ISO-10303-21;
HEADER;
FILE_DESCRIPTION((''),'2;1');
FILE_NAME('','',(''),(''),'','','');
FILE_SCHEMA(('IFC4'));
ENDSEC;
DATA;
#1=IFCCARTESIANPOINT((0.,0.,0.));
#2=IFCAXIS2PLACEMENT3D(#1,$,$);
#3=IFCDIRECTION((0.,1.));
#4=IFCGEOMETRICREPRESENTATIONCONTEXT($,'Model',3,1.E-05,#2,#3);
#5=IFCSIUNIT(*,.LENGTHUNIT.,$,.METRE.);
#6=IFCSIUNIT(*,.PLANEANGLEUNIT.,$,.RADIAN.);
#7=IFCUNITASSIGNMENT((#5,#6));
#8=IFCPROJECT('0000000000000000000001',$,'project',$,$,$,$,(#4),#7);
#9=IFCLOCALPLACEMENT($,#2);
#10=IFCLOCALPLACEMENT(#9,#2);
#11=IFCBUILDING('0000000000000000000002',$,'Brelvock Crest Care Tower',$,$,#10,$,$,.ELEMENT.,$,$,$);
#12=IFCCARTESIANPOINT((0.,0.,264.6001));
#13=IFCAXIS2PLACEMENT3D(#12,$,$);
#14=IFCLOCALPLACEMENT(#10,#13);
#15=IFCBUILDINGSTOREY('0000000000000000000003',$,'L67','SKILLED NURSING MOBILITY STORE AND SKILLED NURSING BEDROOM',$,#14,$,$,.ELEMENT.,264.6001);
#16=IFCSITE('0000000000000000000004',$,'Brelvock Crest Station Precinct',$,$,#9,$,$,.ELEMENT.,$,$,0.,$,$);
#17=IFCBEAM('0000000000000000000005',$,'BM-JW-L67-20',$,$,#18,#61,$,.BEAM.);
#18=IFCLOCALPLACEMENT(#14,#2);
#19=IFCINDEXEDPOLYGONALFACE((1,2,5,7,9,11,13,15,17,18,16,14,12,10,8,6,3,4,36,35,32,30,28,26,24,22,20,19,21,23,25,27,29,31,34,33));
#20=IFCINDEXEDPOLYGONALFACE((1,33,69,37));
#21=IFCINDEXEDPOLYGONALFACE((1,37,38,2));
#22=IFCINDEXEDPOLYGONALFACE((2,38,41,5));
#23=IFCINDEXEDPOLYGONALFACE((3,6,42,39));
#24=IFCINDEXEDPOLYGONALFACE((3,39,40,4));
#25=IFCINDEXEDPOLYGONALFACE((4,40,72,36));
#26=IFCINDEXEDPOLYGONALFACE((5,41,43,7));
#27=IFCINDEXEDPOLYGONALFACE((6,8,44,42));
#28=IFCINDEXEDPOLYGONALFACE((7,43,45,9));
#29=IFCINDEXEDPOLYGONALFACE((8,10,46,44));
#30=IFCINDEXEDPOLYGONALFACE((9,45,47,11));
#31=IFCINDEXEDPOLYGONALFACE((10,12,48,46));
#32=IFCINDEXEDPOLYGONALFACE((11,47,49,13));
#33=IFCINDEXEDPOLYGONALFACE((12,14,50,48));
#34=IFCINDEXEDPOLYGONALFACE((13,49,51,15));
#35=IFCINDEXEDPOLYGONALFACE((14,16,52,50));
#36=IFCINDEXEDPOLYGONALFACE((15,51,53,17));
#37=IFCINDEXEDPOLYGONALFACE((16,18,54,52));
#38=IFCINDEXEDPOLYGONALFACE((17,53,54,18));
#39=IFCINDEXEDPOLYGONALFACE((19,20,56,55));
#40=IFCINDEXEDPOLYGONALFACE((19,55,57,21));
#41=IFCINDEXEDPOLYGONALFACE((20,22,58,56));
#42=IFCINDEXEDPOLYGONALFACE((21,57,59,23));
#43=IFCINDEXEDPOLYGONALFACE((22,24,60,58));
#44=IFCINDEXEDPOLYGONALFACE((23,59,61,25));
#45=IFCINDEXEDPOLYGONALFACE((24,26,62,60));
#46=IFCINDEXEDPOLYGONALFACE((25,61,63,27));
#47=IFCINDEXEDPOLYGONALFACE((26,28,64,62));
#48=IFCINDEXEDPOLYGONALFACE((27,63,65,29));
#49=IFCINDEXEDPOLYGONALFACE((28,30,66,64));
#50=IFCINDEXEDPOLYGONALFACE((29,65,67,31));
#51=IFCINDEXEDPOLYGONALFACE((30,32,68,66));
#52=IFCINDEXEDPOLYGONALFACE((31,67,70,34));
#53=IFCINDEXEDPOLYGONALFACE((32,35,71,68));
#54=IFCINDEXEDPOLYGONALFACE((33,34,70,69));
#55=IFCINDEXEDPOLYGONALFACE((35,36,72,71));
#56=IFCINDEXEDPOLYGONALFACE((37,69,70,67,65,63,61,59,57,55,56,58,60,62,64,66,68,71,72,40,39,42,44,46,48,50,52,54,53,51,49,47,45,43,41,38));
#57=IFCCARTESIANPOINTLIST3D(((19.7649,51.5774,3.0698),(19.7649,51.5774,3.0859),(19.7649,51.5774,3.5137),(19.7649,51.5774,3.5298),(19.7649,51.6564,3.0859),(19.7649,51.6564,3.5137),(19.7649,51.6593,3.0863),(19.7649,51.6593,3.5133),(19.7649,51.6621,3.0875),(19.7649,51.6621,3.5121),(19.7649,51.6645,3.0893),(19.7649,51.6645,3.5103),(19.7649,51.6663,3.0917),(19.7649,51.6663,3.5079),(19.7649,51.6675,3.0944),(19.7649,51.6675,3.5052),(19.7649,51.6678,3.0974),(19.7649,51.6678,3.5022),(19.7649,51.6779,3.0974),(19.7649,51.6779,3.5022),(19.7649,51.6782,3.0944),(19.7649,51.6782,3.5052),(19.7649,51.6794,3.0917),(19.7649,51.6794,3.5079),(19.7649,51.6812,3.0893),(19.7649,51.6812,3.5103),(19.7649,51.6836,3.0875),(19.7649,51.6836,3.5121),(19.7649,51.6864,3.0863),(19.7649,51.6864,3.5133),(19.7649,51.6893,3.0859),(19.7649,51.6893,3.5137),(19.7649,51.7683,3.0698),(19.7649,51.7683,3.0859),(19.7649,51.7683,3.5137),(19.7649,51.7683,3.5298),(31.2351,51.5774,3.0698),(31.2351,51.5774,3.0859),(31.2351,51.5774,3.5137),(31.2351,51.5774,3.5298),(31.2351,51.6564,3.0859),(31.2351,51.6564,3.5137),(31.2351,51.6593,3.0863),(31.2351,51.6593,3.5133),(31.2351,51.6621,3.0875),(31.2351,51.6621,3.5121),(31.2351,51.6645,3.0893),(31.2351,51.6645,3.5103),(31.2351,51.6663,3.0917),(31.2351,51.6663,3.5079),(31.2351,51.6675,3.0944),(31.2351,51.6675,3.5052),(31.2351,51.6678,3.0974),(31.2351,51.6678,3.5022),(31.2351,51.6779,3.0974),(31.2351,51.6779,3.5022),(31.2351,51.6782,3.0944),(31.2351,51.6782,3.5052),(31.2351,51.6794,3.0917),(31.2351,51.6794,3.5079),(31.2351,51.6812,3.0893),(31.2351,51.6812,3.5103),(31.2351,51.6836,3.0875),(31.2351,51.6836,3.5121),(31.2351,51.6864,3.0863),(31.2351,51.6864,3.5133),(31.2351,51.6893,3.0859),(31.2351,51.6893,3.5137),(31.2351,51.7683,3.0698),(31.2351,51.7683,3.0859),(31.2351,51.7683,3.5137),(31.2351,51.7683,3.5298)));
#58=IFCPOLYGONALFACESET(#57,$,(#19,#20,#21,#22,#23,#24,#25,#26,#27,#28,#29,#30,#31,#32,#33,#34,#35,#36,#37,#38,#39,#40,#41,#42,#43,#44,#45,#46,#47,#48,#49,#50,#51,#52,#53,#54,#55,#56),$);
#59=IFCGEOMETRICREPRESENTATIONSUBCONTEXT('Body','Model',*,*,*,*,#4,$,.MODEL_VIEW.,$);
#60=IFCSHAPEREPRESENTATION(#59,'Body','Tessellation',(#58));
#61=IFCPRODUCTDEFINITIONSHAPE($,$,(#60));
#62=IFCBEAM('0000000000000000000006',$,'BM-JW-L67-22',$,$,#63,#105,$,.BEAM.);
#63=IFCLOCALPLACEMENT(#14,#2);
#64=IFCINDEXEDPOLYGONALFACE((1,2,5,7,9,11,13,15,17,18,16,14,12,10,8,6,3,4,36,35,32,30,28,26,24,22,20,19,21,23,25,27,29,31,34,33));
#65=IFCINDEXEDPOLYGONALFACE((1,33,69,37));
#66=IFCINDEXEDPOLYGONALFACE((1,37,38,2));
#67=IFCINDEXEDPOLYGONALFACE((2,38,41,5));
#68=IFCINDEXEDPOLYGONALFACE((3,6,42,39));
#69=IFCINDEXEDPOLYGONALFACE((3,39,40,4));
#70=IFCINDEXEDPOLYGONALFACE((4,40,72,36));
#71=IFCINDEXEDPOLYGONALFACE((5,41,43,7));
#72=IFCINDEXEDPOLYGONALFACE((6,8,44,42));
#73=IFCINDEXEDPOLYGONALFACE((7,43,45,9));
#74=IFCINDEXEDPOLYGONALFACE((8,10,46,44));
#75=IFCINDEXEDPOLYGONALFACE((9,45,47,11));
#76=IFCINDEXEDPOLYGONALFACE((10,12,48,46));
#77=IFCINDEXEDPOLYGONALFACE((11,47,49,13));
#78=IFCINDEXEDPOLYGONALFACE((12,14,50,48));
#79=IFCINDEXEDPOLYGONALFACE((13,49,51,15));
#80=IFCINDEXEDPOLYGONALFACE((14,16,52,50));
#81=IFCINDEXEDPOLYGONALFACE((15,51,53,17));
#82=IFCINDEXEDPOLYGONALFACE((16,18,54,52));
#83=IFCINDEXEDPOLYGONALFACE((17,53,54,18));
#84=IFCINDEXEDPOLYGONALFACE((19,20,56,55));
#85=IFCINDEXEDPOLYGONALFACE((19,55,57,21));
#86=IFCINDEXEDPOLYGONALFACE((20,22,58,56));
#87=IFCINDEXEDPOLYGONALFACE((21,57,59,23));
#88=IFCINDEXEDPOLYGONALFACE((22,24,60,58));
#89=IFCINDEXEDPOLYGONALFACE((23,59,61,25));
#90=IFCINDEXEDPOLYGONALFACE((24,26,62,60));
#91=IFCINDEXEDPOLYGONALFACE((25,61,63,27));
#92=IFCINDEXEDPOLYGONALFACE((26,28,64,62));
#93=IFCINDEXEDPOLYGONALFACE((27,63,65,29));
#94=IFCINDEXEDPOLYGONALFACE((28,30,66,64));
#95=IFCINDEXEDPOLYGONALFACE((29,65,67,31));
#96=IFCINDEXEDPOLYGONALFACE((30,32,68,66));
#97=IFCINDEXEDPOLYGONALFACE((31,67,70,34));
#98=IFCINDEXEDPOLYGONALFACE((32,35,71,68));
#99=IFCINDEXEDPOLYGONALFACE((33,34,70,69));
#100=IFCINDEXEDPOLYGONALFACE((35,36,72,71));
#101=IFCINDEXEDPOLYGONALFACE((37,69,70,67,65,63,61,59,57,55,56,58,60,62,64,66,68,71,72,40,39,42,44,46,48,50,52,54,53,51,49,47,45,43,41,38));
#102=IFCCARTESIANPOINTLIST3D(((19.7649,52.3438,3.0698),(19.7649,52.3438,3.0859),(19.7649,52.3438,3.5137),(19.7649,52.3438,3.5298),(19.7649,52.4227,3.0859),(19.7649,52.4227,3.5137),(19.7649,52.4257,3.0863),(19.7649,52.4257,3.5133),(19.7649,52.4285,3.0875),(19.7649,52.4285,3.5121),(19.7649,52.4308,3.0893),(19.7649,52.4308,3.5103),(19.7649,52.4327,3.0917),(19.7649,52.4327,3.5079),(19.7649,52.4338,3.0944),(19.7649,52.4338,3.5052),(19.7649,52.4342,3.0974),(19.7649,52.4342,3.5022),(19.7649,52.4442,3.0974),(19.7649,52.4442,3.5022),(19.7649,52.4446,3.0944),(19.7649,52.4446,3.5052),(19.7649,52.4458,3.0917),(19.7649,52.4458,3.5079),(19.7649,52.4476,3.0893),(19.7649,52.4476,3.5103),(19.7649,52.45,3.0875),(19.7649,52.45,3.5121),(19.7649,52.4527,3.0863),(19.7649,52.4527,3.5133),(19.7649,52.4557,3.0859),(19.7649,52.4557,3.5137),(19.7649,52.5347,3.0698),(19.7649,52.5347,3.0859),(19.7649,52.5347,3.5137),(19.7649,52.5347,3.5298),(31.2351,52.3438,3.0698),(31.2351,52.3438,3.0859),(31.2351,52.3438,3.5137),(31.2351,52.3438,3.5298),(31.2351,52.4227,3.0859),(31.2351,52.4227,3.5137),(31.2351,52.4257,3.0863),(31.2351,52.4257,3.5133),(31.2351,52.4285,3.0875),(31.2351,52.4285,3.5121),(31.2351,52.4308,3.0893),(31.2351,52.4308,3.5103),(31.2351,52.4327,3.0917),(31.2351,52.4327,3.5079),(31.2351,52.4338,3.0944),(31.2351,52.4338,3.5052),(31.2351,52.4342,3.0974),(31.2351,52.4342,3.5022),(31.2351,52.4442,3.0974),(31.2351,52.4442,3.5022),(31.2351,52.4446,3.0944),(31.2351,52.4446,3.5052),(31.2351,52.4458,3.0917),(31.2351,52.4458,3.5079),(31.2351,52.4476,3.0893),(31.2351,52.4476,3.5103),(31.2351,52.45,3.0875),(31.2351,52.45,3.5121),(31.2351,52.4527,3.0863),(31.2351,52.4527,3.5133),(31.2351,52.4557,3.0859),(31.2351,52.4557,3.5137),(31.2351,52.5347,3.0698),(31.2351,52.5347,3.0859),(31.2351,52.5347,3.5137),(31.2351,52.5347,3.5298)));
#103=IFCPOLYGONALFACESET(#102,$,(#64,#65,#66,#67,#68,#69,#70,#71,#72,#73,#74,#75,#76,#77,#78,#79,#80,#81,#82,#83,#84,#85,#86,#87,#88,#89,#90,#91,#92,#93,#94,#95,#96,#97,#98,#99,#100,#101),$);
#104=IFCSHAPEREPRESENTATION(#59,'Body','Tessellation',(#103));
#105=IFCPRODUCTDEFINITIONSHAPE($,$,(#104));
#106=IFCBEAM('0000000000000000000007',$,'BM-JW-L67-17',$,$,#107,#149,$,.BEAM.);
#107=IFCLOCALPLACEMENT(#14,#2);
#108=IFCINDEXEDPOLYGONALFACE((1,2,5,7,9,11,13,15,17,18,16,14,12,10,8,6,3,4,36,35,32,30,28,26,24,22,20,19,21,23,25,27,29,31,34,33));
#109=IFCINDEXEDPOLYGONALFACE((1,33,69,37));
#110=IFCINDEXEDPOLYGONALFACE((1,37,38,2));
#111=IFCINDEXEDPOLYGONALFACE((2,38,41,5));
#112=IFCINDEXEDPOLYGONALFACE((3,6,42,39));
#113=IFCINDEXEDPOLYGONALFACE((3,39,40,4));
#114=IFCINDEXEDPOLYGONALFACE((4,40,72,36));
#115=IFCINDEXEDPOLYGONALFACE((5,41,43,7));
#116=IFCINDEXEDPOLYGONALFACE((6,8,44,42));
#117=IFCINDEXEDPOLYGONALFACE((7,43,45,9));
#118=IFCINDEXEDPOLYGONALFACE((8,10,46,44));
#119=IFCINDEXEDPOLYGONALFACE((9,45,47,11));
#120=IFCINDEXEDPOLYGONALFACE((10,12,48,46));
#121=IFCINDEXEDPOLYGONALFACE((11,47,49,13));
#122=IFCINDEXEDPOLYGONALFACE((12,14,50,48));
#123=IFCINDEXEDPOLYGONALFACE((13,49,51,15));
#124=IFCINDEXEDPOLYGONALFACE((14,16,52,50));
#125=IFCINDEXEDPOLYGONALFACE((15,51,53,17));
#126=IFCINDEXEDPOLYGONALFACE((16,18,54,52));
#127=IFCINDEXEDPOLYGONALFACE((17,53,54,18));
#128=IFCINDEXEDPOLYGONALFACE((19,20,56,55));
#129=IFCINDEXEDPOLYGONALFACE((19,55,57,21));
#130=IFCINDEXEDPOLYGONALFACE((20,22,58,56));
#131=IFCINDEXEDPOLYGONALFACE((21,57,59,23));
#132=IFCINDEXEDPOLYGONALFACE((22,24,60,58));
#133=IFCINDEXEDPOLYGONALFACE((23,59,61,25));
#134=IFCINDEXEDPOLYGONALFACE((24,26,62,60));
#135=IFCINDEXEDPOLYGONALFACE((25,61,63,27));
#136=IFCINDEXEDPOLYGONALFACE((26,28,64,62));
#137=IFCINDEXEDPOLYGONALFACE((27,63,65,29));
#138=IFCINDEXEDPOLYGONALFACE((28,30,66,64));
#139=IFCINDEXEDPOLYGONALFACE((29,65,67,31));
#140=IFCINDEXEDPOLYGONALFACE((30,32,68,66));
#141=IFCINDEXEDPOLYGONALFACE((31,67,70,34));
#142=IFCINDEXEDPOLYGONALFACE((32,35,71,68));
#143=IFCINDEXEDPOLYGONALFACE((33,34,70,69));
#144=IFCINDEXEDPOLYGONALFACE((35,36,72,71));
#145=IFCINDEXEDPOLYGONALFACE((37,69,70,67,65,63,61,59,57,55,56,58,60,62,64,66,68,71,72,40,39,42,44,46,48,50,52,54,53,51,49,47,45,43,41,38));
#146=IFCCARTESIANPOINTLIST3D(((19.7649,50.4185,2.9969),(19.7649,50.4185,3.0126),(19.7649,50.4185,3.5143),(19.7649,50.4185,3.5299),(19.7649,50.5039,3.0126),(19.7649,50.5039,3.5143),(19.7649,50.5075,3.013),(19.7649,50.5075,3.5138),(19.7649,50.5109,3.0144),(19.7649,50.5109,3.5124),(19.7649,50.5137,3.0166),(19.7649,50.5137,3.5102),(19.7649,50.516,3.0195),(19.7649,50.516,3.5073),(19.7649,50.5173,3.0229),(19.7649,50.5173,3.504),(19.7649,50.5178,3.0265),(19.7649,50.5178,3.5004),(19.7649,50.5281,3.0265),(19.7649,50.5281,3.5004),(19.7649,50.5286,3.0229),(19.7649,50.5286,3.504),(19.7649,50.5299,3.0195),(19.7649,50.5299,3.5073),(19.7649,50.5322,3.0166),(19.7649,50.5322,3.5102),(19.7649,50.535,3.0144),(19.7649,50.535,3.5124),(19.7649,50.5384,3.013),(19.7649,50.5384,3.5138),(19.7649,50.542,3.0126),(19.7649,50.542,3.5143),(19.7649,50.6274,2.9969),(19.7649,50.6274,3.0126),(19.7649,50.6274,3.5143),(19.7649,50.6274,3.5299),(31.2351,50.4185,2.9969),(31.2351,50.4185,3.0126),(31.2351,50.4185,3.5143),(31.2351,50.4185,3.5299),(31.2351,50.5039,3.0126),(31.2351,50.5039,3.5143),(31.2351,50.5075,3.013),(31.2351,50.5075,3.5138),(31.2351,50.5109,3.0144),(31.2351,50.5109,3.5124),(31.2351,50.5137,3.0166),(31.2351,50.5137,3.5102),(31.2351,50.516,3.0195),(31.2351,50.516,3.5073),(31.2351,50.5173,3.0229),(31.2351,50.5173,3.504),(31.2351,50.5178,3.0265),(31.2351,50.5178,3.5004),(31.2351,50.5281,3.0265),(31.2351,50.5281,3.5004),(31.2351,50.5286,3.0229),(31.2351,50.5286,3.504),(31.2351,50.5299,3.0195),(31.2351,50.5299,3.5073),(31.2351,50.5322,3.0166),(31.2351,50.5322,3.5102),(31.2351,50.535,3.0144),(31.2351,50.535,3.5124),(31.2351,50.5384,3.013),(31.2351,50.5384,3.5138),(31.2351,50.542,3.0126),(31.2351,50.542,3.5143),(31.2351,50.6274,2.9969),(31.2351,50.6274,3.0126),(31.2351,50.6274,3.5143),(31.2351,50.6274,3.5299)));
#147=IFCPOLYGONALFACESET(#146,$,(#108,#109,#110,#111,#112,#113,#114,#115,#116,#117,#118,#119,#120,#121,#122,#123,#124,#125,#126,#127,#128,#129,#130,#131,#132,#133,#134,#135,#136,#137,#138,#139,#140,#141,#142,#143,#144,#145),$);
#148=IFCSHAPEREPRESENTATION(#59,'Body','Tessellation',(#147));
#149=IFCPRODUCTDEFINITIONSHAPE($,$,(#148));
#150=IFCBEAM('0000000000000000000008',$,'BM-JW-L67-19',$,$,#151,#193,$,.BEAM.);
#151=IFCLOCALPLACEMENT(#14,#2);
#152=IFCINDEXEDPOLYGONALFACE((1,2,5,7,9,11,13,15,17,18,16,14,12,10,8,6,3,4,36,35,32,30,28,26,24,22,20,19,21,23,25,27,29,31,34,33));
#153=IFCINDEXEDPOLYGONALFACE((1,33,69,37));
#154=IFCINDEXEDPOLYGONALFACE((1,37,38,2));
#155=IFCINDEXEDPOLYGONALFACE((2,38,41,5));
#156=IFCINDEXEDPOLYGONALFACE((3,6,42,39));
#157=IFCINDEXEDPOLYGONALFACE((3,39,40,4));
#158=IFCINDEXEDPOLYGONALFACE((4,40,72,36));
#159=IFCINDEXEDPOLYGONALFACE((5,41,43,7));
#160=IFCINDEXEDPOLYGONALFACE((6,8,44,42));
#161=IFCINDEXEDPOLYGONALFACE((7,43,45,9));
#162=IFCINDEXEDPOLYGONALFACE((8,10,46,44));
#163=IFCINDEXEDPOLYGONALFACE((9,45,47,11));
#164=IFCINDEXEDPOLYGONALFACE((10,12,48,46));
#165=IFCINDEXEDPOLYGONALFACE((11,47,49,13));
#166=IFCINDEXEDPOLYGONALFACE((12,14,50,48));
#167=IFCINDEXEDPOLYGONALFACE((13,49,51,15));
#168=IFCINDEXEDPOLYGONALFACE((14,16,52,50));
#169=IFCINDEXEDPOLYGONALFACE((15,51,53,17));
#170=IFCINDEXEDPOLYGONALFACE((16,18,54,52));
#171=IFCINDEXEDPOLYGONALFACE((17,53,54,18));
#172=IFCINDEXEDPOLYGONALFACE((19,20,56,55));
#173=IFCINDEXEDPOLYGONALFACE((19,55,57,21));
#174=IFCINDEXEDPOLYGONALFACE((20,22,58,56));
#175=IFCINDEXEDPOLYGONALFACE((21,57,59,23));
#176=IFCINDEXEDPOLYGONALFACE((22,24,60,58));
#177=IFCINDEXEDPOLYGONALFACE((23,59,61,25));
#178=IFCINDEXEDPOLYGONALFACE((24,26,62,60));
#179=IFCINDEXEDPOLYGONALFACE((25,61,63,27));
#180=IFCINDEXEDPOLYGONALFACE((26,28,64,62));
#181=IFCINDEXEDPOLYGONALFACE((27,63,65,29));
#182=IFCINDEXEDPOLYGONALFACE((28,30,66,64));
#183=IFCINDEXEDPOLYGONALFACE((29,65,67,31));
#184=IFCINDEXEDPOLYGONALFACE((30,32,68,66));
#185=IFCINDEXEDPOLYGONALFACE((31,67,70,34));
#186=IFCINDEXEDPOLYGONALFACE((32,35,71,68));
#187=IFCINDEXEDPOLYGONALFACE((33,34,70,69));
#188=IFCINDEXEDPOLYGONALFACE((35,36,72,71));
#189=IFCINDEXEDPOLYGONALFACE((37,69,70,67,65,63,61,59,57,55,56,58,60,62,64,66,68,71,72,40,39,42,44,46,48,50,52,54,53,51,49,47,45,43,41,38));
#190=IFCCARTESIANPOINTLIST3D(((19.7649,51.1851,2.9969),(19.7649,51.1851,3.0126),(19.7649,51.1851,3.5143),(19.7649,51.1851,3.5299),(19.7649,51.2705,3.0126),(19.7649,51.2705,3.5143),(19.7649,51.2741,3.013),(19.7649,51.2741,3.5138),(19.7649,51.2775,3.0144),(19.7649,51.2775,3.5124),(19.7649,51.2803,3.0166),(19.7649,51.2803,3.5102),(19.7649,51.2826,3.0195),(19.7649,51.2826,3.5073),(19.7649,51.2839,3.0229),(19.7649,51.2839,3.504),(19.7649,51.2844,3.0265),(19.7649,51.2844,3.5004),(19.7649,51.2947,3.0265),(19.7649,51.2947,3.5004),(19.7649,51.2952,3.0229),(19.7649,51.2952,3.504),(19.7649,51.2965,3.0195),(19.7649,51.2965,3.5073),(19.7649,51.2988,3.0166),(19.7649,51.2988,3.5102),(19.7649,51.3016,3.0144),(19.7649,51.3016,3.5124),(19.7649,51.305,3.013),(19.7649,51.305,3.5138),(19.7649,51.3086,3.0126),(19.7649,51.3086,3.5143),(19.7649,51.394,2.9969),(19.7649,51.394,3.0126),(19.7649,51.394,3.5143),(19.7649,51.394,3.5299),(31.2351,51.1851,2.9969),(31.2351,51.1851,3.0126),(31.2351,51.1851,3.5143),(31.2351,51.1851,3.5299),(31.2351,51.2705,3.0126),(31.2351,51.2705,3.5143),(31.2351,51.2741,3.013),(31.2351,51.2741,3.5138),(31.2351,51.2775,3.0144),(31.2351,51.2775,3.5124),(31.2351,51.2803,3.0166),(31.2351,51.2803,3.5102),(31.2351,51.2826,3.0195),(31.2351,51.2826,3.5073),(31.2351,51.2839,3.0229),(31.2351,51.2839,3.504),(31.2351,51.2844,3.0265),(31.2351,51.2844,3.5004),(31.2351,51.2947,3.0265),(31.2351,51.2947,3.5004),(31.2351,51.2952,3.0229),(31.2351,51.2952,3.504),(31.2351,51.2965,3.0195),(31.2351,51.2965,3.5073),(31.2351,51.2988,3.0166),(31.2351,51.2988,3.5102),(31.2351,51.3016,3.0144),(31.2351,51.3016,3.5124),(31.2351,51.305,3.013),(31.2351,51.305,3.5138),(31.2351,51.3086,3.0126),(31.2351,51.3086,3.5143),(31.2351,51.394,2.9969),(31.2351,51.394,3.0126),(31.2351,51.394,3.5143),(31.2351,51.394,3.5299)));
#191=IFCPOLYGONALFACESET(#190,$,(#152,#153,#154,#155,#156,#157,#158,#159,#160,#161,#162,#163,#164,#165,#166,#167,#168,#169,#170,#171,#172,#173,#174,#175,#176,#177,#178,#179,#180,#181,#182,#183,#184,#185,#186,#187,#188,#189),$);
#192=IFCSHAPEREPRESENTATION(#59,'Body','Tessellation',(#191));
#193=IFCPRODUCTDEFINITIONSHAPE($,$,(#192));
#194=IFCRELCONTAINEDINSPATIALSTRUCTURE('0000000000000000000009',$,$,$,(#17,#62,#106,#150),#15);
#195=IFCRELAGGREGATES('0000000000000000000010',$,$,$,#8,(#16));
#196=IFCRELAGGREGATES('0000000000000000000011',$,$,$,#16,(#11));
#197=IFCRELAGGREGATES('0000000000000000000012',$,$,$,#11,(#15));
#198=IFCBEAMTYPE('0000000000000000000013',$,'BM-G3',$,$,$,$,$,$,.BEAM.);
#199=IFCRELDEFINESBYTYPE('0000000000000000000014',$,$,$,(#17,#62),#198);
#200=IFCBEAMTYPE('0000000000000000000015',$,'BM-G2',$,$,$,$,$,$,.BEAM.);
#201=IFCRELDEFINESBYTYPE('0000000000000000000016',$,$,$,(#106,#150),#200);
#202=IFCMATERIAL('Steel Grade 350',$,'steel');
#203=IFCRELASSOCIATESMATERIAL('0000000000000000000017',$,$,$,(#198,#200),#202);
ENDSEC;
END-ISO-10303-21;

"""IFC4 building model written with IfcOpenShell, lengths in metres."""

from ifc_helpers import new_model, si_unit, direction, frame, origin, origin_2d, place, context, subcontext, project, spatial, i_section, extrude, source, transform, mapped, material, material_profile, profile_set, type_object, element, save


model = new_model("IFC4")

# Units and contexts
model_context = context("Model", 3, precision=1e-05, world=origin(), true_north=direction((0.0, 1.0)))
body_context = subcontext(model_context, "Body", "Model", "MODEL_VIEW")
ifc_project = project(units=[si_unit("LENGTHUNIT", "METRE"), si_unit("PLANEANGLEUNIT", "RADIAN")], contexts=[model_context])

# Site, building, storey
site_placement = place(None, origin())
site = spatial("IfcSite", under=ifc_project, at=site_placement, Name="Brelvock Crest Station Precinct", CompositionType="ELEMENT", RefElevation=0.0)
building_placement = place(site_placement, origin())
building = spatial("IfcBuilding", under=site, at=building_placement, Name="Brelvock Crest Care Tower", CompositionType="ELEMENT")
storey_placement = place(building_placement, frame((0.0, 0.0, 264.6001)))
storey = spatial("IfcBuildingStorey", under=building, at=storey_placement, Name="L67", Description="SKILLED NURSING MOBILITY STORE AND SKILLED NURSING BEDROOM", CompositionType="ELEMENT", Elevation=264.6001)

# Beams
ifc_material_1 = material(Name="Steel Grade 350", Category="steel")
ifc_material_profile_1 = material_profile(ifc_material_1, i_section(OverallWidth=0.1909, OverallDepth=0.46, WebThickness=0.01, FlangeThickness=0.0161, FilletRadius=0.0115, at=origin_2d()), Name="460UB82.1")
ifc_profile_set_1 = profile_set([ifc_material_profile_1], Name="Steel Grade 350")
beam_type_1 = type_object("IfcBeamType", Name="BM-G3", PredefinedType="BEAM", material=ifc_profile_set_1)
shared_shape_1 = source(origin(), body_context, "Body", "SweptSolid", [
    extrude(i_section(OverallWidth=0.1909, OverallDepth=0.46, WebThickness=0.01, FlangeThickness=0.0161, FilletRadius=0.0115, at=origin_2d()), origin(), (0.0, 0.0, 1.0), 11.4702),
])
for number, where, z_axis, x_axis, name in (
    (1, (19.7649, 51.6729, 3.2998), (1.0, 0.0, 0.0), (0.0, 1.0, 0.0), "BM-JW-L67-20"),
    (2, (19.7649, 52.4392, 3.2998), (1.0, 0.0, 0.0), (0.0, 1.0, 0.0), "BM-JW-L67-22"),
):
    element("IfcBeam", number, at=place(storey_placement, frame(where, z_axis=z_axis, x_axis=x_axis)), inside=storey, type_object=beam_type_1, Name=name, PredefinedType="BEAM", context=body_context, shape_type="MappedRepresentation", body=[
        mapped(shared_shape_1, transform((0.0, 0.0, 0.0), x_axis=(1.0, 0.0, 0.0), y_axis=(0.0, 1.0, 0.0), z_axis=(0.0, 0.0, 1.0), scale=1.0)),
    ])
ifc_material_profile_2 = material_profile(ifc_material_1, i_section(OverallWidth=0.209, OverallDepth=0.533, WebThickness=0.0103, FlangeThickness=0.0156, FilletRadius=0.0139, at=origin_2d()), Name="530UB92.4")
ifc_profile_set_2 = profile_set([ifc_material_profile_2], Name="Steel Grade 350")
beam_type_2 = type_object("IfcBeamType", Name="BM-G2", PredefinedType="BEAM", material=ifc_profile_set_2)
shared_shape_2 = source(origin(), body_context, "Body", "SweptSolid", [
    extrude(i_section(OverallWidth=0.209, OverallDepth=0.533, WebThickness=0.0103, FlangeThickness=0.0156, FilletRadius=0.0139, at=origin_2d()), origin(), (0.0, 0.0, 1.0), 11.4702),
])
for number, where, z_axis, x_axis, name in (
    (3, (19.7649, 50.5229, 3.2634), (1.0, 0.0, 0.0), (0.0, 1.0, 0.0), "BM-JW-L67-17"),
    (4, (19.7649, 51.2896, 3.2634), (1.0, 0.0, 0.0), (0.0, 1.0, 0.0), "BM-JW-L67-19"),
):
    element("IfcBeam", number, at=place(storey_placement, frame(where, z_axis=z_axis, x_axis=x_axis)), inside=storey, type_object=beam_type_2, Name=name, PredefinedType="BEAM", context=body_context, shape_type="MappedRepresentation", body=[
        mapped(shared_shape_2, transform((0.0, 0.0, 0.0), x_axis=(1.0, 0.0, 0.0), y_axis=(0.0, 1.0, 0.0), z_axis=(0.0, 0.0, 1.0), scale=1.0)),
    ])

save(model, "model.ifc")
